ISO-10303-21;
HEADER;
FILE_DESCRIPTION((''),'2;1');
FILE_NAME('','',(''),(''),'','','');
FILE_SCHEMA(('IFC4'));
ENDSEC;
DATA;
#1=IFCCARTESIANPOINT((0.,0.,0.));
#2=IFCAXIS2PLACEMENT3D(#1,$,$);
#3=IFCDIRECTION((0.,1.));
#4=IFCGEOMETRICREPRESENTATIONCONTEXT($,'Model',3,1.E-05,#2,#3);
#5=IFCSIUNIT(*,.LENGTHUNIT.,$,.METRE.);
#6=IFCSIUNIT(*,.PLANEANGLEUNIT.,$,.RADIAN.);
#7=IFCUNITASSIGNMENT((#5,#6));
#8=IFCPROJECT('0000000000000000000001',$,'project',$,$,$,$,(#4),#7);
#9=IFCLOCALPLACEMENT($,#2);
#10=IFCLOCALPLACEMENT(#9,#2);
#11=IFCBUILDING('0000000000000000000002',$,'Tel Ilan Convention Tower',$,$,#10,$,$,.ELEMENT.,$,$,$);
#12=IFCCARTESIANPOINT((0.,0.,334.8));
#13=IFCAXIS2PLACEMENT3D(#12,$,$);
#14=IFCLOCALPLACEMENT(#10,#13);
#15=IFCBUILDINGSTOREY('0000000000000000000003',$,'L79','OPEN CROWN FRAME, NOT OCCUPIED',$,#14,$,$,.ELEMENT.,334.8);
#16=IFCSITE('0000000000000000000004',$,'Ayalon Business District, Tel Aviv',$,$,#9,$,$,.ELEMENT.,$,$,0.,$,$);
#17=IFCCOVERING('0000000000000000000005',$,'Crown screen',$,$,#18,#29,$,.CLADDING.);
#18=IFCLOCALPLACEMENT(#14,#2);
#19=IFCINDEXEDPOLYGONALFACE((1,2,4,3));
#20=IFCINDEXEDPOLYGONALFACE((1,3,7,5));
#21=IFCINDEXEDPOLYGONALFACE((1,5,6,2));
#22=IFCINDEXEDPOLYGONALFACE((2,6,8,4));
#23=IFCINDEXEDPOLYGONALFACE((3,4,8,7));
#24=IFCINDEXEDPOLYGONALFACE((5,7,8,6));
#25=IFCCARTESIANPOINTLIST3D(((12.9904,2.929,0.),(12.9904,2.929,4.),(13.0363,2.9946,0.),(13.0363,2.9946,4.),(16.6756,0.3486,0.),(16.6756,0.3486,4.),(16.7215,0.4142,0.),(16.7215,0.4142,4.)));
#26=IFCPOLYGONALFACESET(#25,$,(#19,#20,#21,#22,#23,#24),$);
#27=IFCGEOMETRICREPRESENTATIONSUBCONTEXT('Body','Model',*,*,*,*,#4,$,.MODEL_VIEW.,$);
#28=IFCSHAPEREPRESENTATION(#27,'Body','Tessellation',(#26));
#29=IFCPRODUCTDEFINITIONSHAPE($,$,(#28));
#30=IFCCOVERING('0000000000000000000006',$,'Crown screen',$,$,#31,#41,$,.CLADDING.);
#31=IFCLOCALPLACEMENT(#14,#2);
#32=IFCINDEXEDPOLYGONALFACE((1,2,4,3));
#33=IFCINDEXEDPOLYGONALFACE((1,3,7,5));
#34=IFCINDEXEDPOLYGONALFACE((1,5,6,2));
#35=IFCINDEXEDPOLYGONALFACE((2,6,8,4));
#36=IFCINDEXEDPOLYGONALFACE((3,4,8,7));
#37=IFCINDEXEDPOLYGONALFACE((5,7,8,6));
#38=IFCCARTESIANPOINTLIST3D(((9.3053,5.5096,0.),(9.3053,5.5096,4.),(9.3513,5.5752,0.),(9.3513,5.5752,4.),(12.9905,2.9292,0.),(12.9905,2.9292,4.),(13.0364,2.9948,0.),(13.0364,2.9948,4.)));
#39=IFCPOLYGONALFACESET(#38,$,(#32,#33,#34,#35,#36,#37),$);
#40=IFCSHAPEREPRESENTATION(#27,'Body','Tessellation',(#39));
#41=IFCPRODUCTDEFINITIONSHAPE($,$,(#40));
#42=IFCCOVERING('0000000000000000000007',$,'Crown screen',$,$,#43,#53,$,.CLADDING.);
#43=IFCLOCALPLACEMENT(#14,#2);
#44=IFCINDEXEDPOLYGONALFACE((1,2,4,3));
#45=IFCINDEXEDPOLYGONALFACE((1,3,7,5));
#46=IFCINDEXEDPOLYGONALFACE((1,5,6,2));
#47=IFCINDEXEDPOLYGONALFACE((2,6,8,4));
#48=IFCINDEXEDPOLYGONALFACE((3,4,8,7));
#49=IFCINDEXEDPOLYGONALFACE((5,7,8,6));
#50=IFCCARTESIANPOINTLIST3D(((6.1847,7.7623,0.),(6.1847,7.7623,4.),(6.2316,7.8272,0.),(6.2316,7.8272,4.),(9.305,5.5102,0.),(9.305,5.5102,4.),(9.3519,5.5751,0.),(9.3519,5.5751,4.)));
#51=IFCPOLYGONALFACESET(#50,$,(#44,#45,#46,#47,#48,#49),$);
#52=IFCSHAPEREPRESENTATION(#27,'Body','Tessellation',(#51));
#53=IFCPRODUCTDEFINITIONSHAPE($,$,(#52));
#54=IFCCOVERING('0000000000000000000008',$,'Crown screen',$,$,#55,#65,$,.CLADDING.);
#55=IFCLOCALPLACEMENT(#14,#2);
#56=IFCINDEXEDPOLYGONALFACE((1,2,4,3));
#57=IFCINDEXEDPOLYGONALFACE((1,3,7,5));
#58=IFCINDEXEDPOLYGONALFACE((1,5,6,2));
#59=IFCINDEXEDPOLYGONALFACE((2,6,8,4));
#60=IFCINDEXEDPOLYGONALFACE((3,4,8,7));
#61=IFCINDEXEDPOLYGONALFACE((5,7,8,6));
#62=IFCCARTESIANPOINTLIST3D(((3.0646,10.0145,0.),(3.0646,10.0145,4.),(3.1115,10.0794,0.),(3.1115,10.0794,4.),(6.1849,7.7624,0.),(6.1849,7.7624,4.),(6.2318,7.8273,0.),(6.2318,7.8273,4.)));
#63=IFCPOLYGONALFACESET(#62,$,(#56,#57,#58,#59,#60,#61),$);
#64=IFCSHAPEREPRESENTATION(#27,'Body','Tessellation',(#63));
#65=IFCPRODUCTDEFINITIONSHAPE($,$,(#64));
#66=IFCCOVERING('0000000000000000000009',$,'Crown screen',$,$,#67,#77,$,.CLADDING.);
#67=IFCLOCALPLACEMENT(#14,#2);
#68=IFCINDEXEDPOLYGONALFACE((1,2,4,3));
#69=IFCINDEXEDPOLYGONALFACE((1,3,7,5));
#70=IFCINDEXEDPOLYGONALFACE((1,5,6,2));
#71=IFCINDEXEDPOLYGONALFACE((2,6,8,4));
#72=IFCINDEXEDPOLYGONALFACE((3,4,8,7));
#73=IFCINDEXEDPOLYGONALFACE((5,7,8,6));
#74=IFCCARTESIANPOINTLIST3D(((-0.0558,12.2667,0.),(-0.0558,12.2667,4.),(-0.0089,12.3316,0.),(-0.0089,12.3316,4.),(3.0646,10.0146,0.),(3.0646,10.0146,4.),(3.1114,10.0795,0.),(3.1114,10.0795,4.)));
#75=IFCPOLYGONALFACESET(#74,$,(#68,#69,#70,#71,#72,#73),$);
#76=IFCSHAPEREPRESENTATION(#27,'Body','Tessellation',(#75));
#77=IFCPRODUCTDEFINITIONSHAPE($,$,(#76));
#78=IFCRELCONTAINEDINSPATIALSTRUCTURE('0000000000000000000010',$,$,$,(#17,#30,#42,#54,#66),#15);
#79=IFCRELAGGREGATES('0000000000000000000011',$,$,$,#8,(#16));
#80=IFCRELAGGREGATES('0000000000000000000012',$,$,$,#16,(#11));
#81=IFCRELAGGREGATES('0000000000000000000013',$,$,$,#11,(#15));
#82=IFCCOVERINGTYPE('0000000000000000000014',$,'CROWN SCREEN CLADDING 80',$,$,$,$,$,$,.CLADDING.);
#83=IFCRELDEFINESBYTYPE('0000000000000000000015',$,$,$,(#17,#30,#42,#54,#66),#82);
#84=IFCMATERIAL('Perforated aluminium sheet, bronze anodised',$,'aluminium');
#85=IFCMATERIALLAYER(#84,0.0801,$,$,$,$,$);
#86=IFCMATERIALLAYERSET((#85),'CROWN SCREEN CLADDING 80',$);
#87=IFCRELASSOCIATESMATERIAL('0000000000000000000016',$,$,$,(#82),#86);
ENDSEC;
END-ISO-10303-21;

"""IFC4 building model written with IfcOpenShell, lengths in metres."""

from ifc_helpers import new_model, si_unit, direction, frame, origin, origin_2d, place, context, subcontext, project, spatial, rectangle, extrude, material, layer, layer_set, type_object, element, save


model = new_model("IFC4")

# Units and contexts
model_context = context("Model", 3, precision=1e-05, world=origin(), true_north=direction((0.0, 1.0)))
body_context = subcontext(model_context, "Body", "Model", "MODEL_VIEW")
ifc_project = project(units=[si_unit("LENGTHUNIT", "METRE"), si_unit("PLANEANGLEUNIT", "RADIAN")], contexts=[model_context])

# Site, building, storey
site_placement = place(None, origin())
site = spatial("IfcSite", under=ifc_project, at=site_placement, Name="Ayalon Business District, Tel Aviv", CompositionType="ELEMENT", RefElevation=0.0)
building_placement = place(site_placement, origin())
building = spatial("IfcBuilding", under=site, at=building_placement, Name="Tel Ilan Convention Tower", CompositionType="ELEMENT")
storey_placement = place(building_placement, frame((0.0, 0.0, 334.8)))
storey = spatial("IfcBuildingStorey", under=building, at=storey_placement, Name="L79", Description="OPEN CROWN FRAME, NOT OCCUPIED", CompositionType="ELEMENT", Elevation=334.8)

# Coverings
ifc_material_1 = material(Name="Perforated aluminium sheet, bronze anodised", Category="aluminium")
ifc_layer = layer(ifc_material_1, 0.0801)
ifc_layer_set = layer_set([ifc_layer], Name="CROWN SCREEN CLADDING 80")
covering_type = type_object("IfcCoveringType", Name="CROWN SCREEN CLADDING 80", PredefinedType="CLADDING", material=ifc_layer_set)
for number, where, z_axis, x_axis, name in (
    (1, (14.856, 1.6716, 0.0), (0.0, 0.0, 1.0), (-0.819148, 0.573582, 0.0), "Crown screen"),
    (2, (11.1709, 4.2522, 0.0), (0.0, 0.0, 1.0), (-0.819148, 0.573582, 0.0), "Crown screen"),
):
    element("IfcCovering", number, at=place(storey_placement, frame(where, z_axis=z_axis, x_axis=x_axis)), inside=storey, type_object=covering_type, Name=name, PredefinedType="CLADDING", context=body_context, shape_type="SweptSolid", body=[
        extrude(rectangle(XDim=4.4988, YDim=0.0801, at=origin_2d()), origin(), (0.0, 0.0, 1.0), 4.0),
    ])
for number, where, z_axis, x_axis, name in (
    (3, (7.7683, 6.6687, 0.0), (0.0, 0.0, 1.0), (-0.810863, 0.585236, 0.0), "Crown screen"),
    (4, (4.6482, 8.9209, 0.0), (0.0, 0.0, 1.0), (-0.810863, 0.585236, 0.0), "Crown screen"),
    (5, (1.5278, 11.1731, 0.0), (0.0, 0.0, 1.0), (-0.810863, 0.585236, 0.0), "Crown screen"),
):
    element("IfcCovering", number, at=place(storey_placement, frame(where, z_axis=z_axis, x_axis=x_axis)), inside=storey, type_object=covering_type, Name=name, PredefinedType="CLADDING", context=body_context, shape_type="SweptSolid", body=[
        extrude(rectangle(XDim=3.8481, YDim=0.0801, at=origin_2d()), origin(), (0.0, 0.0, 1.0), 4.0),
    ])

save(model, "model.ifc")
